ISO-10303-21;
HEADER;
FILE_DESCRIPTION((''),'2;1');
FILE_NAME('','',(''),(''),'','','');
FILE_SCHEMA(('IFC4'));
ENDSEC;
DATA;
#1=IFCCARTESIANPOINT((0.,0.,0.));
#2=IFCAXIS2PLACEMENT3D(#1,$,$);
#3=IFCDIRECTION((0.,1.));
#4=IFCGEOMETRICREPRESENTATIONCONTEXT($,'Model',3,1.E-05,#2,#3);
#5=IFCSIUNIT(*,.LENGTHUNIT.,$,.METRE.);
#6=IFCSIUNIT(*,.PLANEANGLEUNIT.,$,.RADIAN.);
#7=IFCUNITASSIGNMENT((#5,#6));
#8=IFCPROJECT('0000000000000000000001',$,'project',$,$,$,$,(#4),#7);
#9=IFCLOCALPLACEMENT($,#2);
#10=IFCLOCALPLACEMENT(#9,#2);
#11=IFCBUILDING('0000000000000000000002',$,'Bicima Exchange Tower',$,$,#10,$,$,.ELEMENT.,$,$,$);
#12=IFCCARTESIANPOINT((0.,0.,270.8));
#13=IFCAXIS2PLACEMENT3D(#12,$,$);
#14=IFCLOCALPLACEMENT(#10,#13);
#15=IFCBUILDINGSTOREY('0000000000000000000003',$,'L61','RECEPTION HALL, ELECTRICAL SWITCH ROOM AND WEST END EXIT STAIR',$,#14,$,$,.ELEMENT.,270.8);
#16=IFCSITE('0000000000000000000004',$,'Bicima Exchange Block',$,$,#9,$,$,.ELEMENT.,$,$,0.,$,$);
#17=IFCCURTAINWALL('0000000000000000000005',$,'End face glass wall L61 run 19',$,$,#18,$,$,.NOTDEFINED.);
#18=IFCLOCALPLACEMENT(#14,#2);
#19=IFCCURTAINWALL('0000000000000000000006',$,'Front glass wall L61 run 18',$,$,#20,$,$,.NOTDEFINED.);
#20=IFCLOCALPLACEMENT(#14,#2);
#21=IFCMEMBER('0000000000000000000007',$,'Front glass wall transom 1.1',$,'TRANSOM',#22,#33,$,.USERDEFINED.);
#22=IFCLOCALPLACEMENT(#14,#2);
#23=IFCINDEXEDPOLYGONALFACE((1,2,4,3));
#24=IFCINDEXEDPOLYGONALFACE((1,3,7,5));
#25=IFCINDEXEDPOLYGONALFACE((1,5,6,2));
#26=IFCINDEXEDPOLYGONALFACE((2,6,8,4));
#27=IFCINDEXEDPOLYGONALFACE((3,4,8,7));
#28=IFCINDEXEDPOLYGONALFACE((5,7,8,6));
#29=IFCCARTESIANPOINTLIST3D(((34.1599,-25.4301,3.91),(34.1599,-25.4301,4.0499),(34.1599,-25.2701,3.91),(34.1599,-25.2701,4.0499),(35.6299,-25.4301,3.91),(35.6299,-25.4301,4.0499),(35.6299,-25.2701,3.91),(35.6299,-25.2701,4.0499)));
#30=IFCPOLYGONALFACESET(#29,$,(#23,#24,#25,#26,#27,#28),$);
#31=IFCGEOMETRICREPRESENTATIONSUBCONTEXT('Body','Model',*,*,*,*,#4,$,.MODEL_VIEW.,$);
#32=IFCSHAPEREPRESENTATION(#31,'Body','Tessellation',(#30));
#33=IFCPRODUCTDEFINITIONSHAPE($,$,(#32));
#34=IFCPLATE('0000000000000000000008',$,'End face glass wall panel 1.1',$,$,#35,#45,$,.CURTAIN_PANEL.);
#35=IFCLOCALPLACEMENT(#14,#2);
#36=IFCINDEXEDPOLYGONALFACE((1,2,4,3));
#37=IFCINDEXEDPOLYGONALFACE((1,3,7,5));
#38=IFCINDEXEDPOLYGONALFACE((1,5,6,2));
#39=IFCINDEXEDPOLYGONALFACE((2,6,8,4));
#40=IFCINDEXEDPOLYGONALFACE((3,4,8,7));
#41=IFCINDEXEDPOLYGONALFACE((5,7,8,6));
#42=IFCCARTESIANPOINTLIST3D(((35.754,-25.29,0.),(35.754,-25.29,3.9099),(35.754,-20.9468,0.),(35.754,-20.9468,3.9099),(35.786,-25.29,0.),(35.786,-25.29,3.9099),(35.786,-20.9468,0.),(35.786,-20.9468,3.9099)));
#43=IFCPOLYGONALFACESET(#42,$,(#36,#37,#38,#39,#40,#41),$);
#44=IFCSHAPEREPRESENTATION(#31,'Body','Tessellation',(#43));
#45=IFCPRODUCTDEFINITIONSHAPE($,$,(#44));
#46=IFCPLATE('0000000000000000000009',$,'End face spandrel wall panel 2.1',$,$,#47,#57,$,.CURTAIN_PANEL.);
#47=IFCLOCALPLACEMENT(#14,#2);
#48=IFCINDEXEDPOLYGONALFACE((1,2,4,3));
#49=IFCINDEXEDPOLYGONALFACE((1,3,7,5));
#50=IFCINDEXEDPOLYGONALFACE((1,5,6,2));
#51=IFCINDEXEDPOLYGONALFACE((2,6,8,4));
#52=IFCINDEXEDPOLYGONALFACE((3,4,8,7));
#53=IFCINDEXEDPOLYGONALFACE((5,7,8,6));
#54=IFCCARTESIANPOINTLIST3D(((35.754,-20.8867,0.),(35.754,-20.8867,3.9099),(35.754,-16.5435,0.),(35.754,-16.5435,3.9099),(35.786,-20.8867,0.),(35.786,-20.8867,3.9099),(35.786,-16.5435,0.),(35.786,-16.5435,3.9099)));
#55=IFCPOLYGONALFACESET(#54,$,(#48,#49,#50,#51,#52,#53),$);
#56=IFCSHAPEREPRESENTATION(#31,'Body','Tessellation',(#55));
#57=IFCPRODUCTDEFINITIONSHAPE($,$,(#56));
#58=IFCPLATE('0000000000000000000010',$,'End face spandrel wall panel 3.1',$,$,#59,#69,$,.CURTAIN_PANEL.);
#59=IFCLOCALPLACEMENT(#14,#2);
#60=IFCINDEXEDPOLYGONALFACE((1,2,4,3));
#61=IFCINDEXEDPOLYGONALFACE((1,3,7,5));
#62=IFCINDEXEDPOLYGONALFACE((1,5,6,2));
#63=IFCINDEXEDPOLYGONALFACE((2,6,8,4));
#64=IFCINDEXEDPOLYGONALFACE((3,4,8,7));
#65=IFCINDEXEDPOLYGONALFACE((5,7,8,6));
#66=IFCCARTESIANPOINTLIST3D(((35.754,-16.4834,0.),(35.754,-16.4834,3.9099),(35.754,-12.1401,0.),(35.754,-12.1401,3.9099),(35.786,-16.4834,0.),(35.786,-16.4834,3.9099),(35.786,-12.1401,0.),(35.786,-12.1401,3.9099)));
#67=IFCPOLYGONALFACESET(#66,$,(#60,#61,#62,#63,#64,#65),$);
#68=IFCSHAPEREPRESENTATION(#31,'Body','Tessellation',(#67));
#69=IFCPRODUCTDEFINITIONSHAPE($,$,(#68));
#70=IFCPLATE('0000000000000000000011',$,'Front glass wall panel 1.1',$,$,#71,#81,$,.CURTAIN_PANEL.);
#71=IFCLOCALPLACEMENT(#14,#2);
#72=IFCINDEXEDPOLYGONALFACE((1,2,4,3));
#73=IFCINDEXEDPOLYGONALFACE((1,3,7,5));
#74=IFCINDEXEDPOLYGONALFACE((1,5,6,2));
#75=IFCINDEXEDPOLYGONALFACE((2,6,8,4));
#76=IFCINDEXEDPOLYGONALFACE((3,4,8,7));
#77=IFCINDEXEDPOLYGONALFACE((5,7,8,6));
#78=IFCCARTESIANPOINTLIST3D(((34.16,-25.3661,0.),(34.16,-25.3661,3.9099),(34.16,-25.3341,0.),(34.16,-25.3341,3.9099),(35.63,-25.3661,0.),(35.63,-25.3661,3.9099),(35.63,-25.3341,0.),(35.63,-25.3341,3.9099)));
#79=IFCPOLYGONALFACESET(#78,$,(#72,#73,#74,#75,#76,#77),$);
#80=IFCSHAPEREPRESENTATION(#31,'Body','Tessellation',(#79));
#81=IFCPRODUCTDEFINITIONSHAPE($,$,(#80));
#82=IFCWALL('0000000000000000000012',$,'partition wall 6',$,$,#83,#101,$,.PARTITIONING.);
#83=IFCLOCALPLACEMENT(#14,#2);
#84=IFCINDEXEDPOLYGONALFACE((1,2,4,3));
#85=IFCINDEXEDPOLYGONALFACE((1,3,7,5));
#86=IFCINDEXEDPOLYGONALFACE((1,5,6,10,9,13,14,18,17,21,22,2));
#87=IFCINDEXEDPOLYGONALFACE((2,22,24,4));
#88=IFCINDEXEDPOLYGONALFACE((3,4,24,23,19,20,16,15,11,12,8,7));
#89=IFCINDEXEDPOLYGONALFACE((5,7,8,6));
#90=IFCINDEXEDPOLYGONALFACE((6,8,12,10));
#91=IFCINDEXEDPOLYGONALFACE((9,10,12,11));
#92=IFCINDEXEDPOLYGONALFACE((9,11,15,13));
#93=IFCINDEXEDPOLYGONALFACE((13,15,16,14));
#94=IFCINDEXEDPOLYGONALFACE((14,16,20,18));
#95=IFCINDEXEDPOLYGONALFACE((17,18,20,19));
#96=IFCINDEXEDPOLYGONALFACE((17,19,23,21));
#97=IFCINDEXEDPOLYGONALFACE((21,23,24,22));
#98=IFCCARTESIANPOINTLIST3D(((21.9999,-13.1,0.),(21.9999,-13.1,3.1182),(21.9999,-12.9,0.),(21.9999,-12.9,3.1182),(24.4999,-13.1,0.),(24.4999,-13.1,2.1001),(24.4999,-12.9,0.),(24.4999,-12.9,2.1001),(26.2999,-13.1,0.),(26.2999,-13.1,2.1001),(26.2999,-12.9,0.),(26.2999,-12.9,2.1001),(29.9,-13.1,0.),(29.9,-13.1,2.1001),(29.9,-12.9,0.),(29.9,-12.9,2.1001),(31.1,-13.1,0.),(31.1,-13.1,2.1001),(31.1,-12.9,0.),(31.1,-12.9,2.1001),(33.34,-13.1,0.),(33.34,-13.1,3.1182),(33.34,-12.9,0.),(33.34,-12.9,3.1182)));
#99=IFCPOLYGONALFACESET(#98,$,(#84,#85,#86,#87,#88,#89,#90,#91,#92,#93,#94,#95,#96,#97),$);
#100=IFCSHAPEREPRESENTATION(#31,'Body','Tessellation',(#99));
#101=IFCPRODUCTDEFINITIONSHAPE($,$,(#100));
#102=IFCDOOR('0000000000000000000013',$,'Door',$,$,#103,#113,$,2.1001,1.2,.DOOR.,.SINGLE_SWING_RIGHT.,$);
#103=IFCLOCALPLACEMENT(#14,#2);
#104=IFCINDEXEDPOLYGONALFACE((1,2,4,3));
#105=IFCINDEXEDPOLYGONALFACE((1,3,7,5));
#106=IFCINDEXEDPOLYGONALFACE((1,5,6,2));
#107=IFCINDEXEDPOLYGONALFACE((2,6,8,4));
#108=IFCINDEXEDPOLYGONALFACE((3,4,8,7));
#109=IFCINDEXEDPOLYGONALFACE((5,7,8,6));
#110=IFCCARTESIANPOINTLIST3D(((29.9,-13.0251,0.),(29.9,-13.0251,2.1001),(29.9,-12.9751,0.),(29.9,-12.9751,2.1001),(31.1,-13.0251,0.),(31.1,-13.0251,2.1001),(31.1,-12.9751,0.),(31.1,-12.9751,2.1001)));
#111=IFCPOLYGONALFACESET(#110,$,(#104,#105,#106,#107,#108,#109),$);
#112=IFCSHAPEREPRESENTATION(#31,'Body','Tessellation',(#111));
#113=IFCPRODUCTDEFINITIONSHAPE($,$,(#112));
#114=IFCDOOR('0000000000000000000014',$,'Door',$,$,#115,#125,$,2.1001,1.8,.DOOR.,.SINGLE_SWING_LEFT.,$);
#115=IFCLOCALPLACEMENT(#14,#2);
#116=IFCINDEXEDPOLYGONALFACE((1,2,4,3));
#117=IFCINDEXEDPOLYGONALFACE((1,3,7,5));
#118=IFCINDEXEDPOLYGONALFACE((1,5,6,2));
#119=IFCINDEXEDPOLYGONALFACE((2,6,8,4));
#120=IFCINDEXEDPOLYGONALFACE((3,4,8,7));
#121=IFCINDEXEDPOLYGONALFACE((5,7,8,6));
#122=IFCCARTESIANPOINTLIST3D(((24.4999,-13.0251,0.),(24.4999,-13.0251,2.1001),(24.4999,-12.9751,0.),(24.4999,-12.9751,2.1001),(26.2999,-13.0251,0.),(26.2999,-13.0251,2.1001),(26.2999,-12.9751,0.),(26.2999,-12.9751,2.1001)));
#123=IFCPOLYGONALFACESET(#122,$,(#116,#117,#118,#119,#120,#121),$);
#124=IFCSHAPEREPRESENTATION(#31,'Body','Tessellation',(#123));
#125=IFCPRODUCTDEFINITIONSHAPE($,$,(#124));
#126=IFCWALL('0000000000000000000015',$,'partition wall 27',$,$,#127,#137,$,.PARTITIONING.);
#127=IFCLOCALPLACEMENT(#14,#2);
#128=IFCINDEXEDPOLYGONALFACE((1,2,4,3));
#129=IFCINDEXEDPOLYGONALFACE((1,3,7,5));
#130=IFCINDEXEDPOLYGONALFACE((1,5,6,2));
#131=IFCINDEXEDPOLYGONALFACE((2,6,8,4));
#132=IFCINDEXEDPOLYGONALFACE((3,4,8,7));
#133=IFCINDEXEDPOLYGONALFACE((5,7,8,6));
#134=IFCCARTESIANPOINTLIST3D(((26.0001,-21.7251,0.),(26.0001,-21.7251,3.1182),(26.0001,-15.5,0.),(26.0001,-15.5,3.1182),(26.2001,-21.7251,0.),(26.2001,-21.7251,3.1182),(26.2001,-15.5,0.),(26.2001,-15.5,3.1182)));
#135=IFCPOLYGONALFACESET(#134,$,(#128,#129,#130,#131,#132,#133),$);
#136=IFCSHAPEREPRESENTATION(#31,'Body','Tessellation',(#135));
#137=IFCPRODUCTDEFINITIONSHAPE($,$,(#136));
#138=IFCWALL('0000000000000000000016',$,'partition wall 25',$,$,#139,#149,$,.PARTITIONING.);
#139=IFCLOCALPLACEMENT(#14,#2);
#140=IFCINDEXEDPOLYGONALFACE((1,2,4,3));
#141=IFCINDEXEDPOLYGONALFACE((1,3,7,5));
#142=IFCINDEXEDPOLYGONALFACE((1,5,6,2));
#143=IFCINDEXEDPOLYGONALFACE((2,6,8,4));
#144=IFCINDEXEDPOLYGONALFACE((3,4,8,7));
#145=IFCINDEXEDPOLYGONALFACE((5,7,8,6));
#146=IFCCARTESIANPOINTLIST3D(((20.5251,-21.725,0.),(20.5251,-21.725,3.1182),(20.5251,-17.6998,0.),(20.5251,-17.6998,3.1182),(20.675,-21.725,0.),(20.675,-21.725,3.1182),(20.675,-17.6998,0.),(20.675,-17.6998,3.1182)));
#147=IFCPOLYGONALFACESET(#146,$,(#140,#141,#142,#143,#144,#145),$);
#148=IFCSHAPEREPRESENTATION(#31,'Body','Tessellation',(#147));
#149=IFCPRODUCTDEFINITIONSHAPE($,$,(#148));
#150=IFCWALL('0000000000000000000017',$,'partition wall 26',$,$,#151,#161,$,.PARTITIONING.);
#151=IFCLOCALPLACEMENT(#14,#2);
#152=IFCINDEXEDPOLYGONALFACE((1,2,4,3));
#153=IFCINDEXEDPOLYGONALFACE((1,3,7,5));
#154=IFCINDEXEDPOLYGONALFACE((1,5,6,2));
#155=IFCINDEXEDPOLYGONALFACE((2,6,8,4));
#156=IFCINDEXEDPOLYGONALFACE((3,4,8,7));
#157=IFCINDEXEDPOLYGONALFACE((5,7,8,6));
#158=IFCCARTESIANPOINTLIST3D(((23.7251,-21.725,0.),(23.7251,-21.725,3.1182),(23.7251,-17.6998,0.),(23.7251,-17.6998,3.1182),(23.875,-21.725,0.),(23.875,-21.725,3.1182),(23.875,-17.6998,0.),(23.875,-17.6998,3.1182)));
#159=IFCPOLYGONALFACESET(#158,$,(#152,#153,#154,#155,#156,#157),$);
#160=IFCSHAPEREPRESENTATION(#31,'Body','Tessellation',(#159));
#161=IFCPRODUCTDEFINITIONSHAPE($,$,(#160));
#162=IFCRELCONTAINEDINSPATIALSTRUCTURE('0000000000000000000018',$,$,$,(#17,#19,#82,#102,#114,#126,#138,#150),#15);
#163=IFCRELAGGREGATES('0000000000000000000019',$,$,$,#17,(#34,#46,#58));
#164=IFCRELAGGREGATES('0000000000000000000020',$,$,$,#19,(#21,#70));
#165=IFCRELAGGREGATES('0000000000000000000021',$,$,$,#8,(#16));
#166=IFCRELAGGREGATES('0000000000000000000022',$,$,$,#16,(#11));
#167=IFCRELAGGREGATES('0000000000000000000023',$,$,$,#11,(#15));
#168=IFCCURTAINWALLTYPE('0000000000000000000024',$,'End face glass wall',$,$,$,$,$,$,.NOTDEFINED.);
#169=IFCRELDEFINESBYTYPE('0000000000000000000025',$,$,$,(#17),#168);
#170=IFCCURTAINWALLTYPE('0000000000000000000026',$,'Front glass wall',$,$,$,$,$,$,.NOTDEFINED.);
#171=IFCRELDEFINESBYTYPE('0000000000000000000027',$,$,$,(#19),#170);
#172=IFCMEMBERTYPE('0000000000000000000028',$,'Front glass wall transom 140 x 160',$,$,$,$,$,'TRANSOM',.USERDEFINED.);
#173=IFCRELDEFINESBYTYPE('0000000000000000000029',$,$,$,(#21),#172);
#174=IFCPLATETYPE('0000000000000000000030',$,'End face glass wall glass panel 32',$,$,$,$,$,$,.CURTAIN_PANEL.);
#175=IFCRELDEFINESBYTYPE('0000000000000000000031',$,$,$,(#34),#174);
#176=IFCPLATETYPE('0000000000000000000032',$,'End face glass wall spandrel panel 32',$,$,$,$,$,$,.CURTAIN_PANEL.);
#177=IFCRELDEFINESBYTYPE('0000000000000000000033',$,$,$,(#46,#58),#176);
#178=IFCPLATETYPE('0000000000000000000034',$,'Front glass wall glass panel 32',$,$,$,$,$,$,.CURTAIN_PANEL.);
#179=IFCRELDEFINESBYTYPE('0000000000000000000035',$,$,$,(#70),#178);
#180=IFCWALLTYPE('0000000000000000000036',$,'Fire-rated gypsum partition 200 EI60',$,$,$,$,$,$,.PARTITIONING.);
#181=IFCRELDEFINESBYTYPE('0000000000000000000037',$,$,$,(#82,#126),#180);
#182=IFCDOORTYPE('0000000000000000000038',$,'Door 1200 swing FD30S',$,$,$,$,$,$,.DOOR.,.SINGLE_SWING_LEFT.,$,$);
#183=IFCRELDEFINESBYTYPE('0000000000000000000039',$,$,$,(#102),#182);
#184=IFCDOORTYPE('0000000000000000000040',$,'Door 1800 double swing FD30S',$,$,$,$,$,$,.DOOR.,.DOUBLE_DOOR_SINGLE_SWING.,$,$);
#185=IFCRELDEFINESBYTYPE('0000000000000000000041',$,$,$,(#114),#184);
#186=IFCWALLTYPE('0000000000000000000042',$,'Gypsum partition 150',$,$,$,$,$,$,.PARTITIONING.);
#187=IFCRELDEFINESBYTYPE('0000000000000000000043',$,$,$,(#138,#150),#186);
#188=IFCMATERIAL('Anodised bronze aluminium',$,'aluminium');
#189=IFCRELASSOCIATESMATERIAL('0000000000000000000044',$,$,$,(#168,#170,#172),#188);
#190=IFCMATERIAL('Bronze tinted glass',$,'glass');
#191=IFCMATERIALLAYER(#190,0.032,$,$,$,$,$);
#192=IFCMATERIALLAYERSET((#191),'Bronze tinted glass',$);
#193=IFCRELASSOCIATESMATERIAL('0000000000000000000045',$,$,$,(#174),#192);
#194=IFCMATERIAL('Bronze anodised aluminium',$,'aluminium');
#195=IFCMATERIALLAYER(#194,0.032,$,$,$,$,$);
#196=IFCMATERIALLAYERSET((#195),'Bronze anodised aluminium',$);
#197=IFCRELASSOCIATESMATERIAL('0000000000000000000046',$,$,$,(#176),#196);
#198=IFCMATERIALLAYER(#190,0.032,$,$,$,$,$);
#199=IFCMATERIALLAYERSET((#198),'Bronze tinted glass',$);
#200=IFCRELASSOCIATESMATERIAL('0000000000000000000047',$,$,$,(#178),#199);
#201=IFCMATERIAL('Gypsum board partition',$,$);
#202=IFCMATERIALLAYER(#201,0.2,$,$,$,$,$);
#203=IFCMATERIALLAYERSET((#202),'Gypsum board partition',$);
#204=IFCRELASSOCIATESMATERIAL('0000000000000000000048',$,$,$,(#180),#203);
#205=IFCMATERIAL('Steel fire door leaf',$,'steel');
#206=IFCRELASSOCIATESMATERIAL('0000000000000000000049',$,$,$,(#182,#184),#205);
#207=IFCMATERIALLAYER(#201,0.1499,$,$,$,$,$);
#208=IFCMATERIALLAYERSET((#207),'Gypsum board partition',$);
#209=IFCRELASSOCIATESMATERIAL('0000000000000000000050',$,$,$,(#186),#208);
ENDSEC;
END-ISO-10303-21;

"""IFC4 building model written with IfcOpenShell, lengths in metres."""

from ifc_helpers import new_model, si_unit, direction, frame, frame_2d, origin, origin_2d, place, context, subcontext, project, spatial, rectangle, extrude, material, layer, layer_set, material_profile, profile_set, type_object, element, fill, aggregate, save


model = new_model("IFC4")

# Units and contexts
model_context = context("Model", 3, precision=1e-05, world=origin(), true_north=direction((0.0, 1.0)))
body_context = subcontext(model_context, "Body", "Model", "MODEL_VIEW")
ifc_project = project(units=[si_unit("LENGTHUNIT", "METRE"), si_unit("PLANEANGLEUNIT", "RADIAN")], contexts=[model_context])

# Site, building, storey
site_placement = place(None, origin())
site = spatial("IfcSite", under=ifc_project, at=site_placement, Name="Bicima Exchange Block", CompositionType="ELEMENT", RefElevation=0.0)
building_placement = place(site_placement, origin())
building = spatial("IfcBuilding", under=site, at=building_placement, Name="Bicima Exchange Tower", CompositionType="ELEMENT")
storey_placement = place(building_placement, frame((0.0, 0.0, 270.8)))
storey = spatial("IfcBuildingStorey", under=building, at=storey_placement, Name="L61", Description="RECEPTION HALL, ELECTRICAL SWITCH ROOM AND WEST END EXIT STAIR", CompositionType="ELEMENT", Elevation=270.8)

# Curtain wall
ifc_material_1 = material(Name="Anodised bronze aluminium", Category="aluminium")
curtain_wall_type_1 = type_object("IfcCurtainWallType", Name="End face glass wall", PredefinedType="NOTDEFINED", material=ifc_material_1)
curtain_wall_1_placement = place(storey_placement, origin())
curtain_wall_1 = element("IfcCurtainWall", 1, at=curtain_wall_1_placement, inside=storey, type_object=curtain_wall_type_1, Name="End face glass wall L61 run 19", PredefinedType="NOTDEFINED")
ifc_material_profile_1 = material_profile(ifc_material_1, rectangle(XDim=0.1599, YDim=0.1399, at=origin_2d()))
ifc_profile_set_1 = profile_set([ifc_material_profile_1], Name="Anodised bronze aluminium")

# Curtain wall, member
curtain_wall_type_2 = type_object("IfcCurtainWallType", Name="Front glass wall", PredefinedType="NOTDEFINED", material=ifc_material_1)
curtain_wall_2_placement = place(storey_placement, origin())
curtain_wall_2 = element("IfcCurtainWall", 2, at=curtain_wall_2_placement, inside=storey, type_object=curtain_wall_type_2, Name="Front glass wall L61 run 18", PredefinedType="NOTDEFINED")
member_type_1 = type_object("IfcMemberType", Name="Front glass wall transom 140 x 160", ElementType="TRANSOM", PredefinedType="USERDEFINED", material=ifc_profile_set_1)
member_1_placement = place(storey_placement, frame((34.1599, -25.3501, 3.98), z_axis=(1.0, 0.0, 0.0), x_axis=(0.0, 1.0, 0.0)))
member_1 = element("IfcMember", 3, at=member_1_placement, type_object=member_type_1, Name="Front glass wall transom 1.1", ObjectType="TRANSOM", PredefinedType="USERDEFINED", context=body_context, shape_type="SweptSolid", body=[
    extrude(rectangle(XDim=0.1599, YDim=0.1399, at=origin_2d()), origin(), (0.0, 0.0, 1.0), 1.47),
])

# Plates
ifc_material_2 = material(Name="Bronze tinted glass", Category="glass")
ifc_layer_1 = layer(ifc_material_2, 0.032)
ifc_layer_set_1 = layer_set([ifc_layer_1], Name="Bronze tinted glass")
plate_type_1 = type_object("IfcPlateType", Name="End face glass wall glass panel 32", PredefinedType="CURTAIN_PANEL", material=ifc_layer_set_1)
plate_1_placement = place(storey_placement, frame((35.77, -23.1184, 0.0), z_axis=(0.0, 0.0, 1.0), x_axis=(0.0, 1.0, 0.0)))
plate_1 = element("IfcPlate", 4, at=plate_1_placement, type_object=plate_type_1, Name="End face glass wall panel 1.1", PredefinedType="CURTAIN_PANEL", context=body_context, shape_type="SweptSolid", body=[
    extrude(rectangle(XDim=4.3433, YDim=0.032, at=origin_2d()), origin(), (0.0, 0.0, 1.0), 3.9099),
])
ifc_material_3 = material(Name="Bronze anodised aluminium", Category="aluminium")
ifc_layer_2 = layer(ifc_material_3, 0.032)
ifc_layer_set_2 = layer_set([ifc_layer_2], Name="Bronze anodised aluminium")
plate_type_2 = type_object("IfcPlateType", Name="End face glass wall spandrel panel 32", PredefinedType="CURTAIN_PANEL", material=ifc_layer_set_2)
plate_2_placement = place(storey_placement, frame((35.77, -18.7151, 0.0), z_axis=(0.0, 0.0, 1.0), x_axis=(0.0, 1.0, 0.0)))
plate_2 = element("IfcPlate", 5, at=plate_2_placement, type_object=plate_type_2, Name="End face spandrel wall panel 2.1", PredefinedType="CURTAIN_PANEL", context=body_context, shape_type="SweptSolid", body=[
    extrude(rectangle(XDim=4.3433, YDim=0.032, at=origin_2d()), origin(), (0.0, 0.0, 1.0), 3.9099),
])
plate_3_placement = place(storey_placement, frame((35.77, -14.3118, 0.0), z_axis=(0.0, 0.0, 1.0), x_axis=(0.0, 1.0, 0.0)))
plate_3 = element("IfcPlate", 6, at=plate_3_placement, type_object=plate_type_2, Name="End face spandrel wall panel 3.1", PredefinedType="CURTAIN_PANEL", context=body_context, shape_type="SweptSolid", body=[
    extrude(rectangle(XDim=4.3433, YDim=0.032, at=origin_2d()), origin(), (0.0, 0.0, 1.0), 3.9099),
])
aggregate(curtain_wall_1, [plate_1, plate_2, plate_3])
ifc_layer_3 = layer(ifc_material_2, 0.032)
ifc_layer_set_3 = layer_set([ifc_layer_3], Name="Bronze tinted glass")
plate_type_3 = type_object("IfcPlateType", Name="Front glass wall glass panel 32", PredefinedType="CURTAIN_PANEL", material=ifc_layer_set_3)
plate_4_placement = place(storey_placement, frame((34.895, -25.3501, 0.0), z_axis=(0.0, 0.0, 1.0), x_axis=(1.0, 0.0, 0.0)))
plate_4 = element("IfcPlate", 7, at=plate_4_placement, type_object=plate_type_3, Name="Front glass wall panel 1.1", PredefinedType="CURTAIN_PANEL", context=body_context, shape_type="SweptSolid", body=[
    extrude(rectangle(XDim=1.47, YDim=0.032, at=origin_2d()), origin(), (0.0, 0.0, 1.0), 3.9099),
])
aggregate(curtain_wall_2, [member_1, plate_4])

# Wall, openings, doors
ifc_material_4 = material(Name="Gypsum board partition")
ifc_layer_4 = layer(ifc_material_4, 0.2)
ifc_layer_set_4 = layer_set([ifc_layer_4], Name="Gypsum board partition")
wall_type_1 = type_object("IfcWallType", Name="Fire-rated gypsum partition 200 EI60", PredefinedType="PARTITIONING", material=ifc_layer_set_4)
wall_1_placement = place(storey_placement, frame((22.0, -13.0, 0.0), z_axis=(0.0, 0.0, 1.0), x_axis=(1.0, 0.0, 0.0)))
wall_1 = element("IfcWall", 8, at=wall_1_placement, inside=storey, type_object=wall_type_1, Name="partition wall 6", PredefinedType="PARTITIONING", context=body_context, shape_type="SweptSolid", body=[
    extrude(rectangle(XDim=11.3401, YDim=0.2, at=frame_2d((5.6699, 0.0))), origin(), (0.0, 0.0, 1.0), 3.1182),
])
opening_1_placement = place(wall_1_placement, frame((7.8999, 0.0, 0.0)))
opening_1 = element("IfcOpeningElement", 9, at=opening_1_placement, cuts=wall_1, PredefinedType="OPENING", context=body_context, shape_type="SweptSolid", body=[
    extrude(rectangle(XDim=1.2, YDim=2.1001, at=frame_2d((0.6001, 1.05))), frame((0.0, 0.1118, 0.0), z_axis=(0.0, -1.0, 0.0), x_axis=(1.0, 0.0, 0.0)), (0.0, 0.0, 1.0), 0.2239),
])
opening_2_placement = place(wall_1_placement, frame((2.5, 0.0, 0.0)))
opening_2 = element("IfcOpeningElement", 10, at=opening_2_placement, cuts=wall_1, PredefinedType="OPENING", context=body_context, shape_type="SweptSolid", body=[
    extrude(rectangle(XDim=1.8, YDim=2.1001, at=frame_2d((0.8999, 1.05))), frame((0.0, 0.1118, 0.0), z_axis=(0.0, -1.0, 0.0), x_axis=(1.0, 0.0, 0.0)), (0.0, 0.0, 1.0), 0.2239),
])
ifc_material_5 = material(Name="Steel fire door leaf", Category="steel")
door_type_1 = type_object("IfcDoorType", Name="Door 1200 swing FD30S", OperationType="SINGLE_SWING_LEFT", PredefinedType="DOOR", material=ifc_material_5)
door_1_placement = place(opening_1_placement, origin())
door_1 = element("IfcDoor", 11, at=door_1_placement, inside=storey, type_object=door_type_1, Name="Door", OperationType="SINGLE_SWING_RIGHT", OverallHeight=2.1001, OverallWidth=1.2, PredefinedType="DOOR", context=body_context, shape_type="SweptSolid", body=[
    extrude(rectangle(XDim=1.2, YDim=2.1001, at=frame_2d((0.6001, 1.05))), frame((0.0, 0.0249, 0.0), z_axis=(0.0, -1.0, 0.0), x_axis=(1.0, 0.0, 0.0)), (0.0, 0.0, 1.0), 0.05),
])
fill(opening_1, door_1)
door_type_2 = type_object("IfcDoorType", Name="Door 1800 double swing FD30S", OperationType="DOUBLE_DOOR_SINGLE_SWING", PredefinedType="DOOR", material=ifc_material_5)
door_2_placement = place(opening_2_placement, origin())
door_2 = element("IfcDoor", 12, at=door_2_placement, inside=storey, type_object=door_type_2, Name="Door", OperationType="SINGLE_SWING_LEFT", OverallHeight=2.1001, OverallWidth=1.8, PredefinedType="DOOR", context=body_context, shape_type="SweptSolid", body=[
    extrude(rectangle(XDim=1.8, YDim=2.1001, at=frame_2d((0.8999, 1.05))), frame((0.0, 0.0249, 0.0), z_axis=(0.0, -1.0, 0.0), x_axis=(1.0, 0.0, 0.0)), (0.0, 0.0, 1.0), 0.05),
])
fill(opening_2, door_2)

# Walls
wall_2_placement = place(storey_placement, frame((26.1001, -21.7251, 0.0), z_axis=(0.0, 0.0, 1.0), x_axis=(0.0, 1.0, 0.0)))
element("IfcWall", 13, at=wall_2_placement, inside=storey, type_object=wall_type_1, Name="partition wall 27", PredefinedType="PARTITIONING", context=body_context, shape_type="SweptSolid", body=[
    extrude(rectangle(XDim=6.2251, YDim=0.2, at=frame_2d((3.1125, 0.0))), origin(), (0.0, 0.0, 1.0), 3.1182),
])
ifc_layer_5 = layer(ifc_material_4, 0.1499)
ifc_layer_set_5 = layer_set([ifc_layer_5], Name="Gypsum board partition")
wall_type_2 = type_object("IfcWallType", Name="Gypsum partition 150", PredefinedType="PARTITIONING", material=ifc_layer_set_5)
for number, where, z_axis, x_axis, name in (
    (14, (20.6001, -21.7251, 0.0), (0.0, 0.0, 1.0), (0.0, 1.0, 0.0), "partition wall 25"),
    (15, (23.8, -21.7251, 0.0), (0.0, 0.0, 1.0), (0.0, 1.0, 0.0), "partition wall 26"),
):
    element("IfcWall", number, at=place(storey_placement, frame(where, z_axis=z_axis, x_axis=x_axis)), inside=storey, type_object=wall_type_2, Name=name, PredefinedType="PARTITIONING", context=body_context, shape_type="SweptSolid", body=[
        extrude(rectangle(XDim=4.0251, YDim=0.1499, at=frame_2d((2.0127, 0.0))), origin(), (0.0, 0.0, 1.0), 3.1182),
    ])

save(model, "model.ifc")
